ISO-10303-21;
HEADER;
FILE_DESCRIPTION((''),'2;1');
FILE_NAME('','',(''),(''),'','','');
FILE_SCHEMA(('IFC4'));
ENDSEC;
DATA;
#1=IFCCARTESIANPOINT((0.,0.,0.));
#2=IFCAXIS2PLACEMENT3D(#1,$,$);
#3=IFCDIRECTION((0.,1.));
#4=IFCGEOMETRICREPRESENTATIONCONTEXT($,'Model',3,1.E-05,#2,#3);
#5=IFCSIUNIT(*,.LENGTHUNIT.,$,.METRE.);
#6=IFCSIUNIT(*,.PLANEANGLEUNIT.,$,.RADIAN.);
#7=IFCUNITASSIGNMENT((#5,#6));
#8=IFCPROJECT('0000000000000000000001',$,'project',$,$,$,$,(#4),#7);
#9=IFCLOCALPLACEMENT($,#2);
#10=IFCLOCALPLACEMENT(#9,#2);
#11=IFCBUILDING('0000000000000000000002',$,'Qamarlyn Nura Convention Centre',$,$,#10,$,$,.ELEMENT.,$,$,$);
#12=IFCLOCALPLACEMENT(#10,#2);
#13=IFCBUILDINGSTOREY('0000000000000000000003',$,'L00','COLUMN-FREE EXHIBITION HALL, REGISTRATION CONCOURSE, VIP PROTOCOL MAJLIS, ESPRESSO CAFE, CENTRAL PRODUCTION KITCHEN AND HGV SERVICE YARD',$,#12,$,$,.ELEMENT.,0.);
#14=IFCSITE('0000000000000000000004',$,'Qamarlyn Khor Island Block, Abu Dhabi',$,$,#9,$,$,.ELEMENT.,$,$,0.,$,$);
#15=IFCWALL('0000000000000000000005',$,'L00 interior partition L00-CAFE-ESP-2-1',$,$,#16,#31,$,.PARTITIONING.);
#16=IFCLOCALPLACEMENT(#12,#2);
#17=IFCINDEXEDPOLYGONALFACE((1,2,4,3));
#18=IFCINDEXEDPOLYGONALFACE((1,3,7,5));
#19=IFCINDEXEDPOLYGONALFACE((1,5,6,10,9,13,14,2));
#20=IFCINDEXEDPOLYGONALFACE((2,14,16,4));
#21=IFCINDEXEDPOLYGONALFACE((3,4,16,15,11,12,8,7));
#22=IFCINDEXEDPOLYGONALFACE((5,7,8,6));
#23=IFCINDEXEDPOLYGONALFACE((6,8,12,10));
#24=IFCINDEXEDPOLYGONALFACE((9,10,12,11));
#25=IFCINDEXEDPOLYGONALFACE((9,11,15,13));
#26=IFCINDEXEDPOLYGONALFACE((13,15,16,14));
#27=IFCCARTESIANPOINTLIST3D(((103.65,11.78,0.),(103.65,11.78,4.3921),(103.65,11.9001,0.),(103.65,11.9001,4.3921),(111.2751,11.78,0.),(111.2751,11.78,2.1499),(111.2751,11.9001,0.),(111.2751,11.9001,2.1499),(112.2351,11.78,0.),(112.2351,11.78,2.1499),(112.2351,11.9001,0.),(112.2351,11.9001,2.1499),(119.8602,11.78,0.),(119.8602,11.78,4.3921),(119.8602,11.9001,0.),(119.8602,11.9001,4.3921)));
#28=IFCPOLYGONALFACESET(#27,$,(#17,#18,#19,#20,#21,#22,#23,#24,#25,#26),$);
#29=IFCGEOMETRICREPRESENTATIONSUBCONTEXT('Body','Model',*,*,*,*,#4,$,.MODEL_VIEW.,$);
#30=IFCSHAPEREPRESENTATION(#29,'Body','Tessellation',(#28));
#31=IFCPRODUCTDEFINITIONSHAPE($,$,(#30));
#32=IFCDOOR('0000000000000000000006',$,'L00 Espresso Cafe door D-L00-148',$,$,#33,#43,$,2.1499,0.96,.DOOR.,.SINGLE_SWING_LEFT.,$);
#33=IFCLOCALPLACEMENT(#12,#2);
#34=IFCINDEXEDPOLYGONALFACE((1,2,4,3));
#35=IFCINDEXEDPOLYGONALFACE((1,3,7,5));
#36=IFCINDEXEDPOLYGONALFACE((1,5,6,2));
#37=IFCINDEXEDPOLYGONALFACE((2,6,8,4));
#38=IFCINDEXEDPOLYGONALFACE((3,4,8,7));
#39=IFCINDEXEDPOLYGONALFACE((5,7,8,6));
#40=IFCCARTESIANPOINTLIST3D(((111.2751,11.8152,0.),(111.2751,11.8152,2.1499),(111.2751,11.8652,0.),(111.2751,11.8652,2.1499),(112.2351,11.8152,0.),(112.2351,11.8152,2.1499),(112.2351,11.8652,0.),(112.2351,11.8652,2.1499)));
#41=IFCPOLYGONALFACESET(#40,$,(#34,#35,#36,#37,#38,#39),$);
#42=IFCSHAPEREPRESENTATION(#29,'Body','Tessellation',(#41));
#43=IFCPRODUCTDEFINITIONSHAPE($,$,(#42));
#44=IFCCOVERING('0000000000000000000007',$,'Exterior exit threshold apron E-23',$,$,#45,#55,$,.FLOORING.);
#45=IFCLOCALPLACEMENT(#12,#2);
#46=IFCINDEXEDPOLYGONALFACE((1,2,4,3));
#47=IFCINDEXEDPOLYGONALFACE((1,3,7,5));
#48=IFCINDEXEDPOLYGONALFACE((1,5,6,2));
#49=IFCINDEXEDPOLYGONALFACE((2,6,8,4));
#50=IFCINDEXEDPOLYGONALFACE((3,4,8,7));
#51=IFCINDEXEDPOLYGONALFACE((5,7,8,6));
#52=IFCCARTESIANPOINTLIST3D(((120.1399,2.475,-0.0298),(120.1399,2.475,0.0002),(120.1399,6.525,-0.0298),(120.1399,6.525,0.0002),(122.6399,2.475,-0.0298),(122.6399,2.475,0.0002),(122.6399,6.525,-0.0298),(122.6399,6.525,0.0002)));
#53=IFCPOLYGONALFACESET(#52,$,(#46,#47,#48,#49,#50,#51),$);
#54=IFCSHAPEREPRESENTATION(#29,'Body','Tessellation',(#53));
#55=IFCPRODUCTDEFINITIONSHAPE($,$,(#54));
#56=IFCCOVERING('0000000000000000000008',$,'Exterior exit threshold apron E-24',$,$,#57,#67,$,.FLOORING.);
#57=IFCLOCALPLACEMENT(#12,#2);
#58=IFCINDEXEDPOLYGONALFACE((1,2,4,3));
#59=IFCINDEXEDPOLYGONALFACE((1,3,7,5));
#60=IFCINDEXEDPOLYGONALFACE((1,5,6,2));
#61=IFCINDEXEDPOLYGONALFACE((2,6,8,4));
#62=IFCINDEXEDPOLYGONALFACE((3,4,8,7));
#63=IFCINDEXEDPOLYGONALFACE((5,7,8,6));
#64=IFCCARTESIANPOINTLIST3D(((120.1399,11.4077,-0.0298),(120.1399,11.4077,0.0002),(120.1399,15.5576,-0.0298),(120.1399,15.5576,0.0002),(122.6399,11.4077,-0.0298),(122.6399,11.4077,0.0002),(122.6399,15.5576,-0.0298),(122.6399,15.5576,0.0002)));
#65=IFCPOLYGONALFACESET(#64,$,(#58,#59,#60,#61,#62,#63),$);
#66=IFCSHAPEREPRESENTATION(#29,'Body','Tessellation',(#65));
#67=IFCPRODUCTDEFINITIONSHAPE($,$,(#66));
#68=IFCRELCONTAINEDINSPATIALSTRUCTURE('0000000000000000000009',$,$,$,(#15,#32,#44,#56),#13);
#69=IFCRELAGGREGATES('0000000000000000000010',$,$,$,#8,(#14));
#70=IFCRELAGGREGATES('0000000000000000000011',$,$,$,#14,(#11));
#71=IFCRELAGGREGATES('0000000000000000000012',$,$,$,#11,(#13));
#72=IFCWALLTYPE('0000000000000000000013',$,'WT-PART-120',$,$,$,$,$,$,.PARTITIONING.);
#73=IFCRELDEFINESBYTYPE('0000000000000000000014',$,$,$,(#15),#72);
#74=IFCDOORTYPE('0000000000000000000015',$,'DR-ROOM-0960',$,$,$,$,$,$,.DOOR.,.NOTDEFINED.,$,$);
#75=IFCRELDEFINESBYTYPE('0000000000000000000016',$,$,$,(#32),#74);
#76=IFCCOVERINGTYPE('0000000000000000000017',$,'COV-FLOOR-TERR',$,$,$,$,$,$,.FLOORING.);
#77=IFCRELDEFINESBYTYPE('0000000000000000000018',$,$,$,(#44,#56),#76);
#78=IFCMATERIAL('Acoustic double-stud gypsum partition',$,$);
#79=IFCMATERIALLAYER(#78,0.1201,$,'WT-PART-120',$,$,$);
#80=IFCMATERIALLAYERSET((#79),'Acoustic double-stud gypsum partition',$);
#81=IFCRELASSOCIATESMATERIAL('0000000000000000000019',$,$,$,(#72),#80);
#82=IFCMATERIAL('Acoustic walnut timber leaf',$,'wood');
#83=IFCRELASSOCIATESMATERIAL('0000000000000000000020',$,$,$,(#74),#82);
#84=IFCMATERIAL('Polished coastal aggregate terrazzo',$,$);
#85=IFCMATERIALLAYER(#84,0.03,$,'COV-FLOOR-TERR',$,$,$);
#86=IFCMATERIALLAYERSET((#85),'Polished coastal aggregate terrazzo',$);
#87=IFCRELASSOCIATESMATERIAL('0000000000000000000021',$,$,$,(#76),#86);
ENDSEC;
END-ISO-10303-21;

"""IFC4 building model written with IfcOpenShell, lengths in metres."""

from ifc_helpers import new_model, si_unit, direction, frame, frame_2d, origin, origin_2d, place, context, subcontext, project, spatial, rectangle, extrude, material, layer, layer_set, type_object, element, fill, save


model = new_model("IFC4")

# Units and contexts
model_context = context("Model", 3, precision=1e-05, world=origin(), true_north=direction((0.0, 1.0)))
body_context = subcontext(model_context, "Body", "Model", "MODEL_VIEW")
ifc_project = project(units=[si_unit("LENGTHUNIT", "METRE"), si_unit("PLANEANGLEUNIT", "RADIAN")], contexts=[model_context])

# Site, building, storey
site_placement = place(None, origin())
site = spatial("IfcSite", under=ifc_project, at=site_placement, Name="Qamarlyn Khor Island Block, Abu Dhabi", CompositionType="ELEMENT", RefElevation=0.0)
building_placement = place(site_placement, origin())
building = spatial("IfcBuilding", under=site, at=building_placement, Name="Qamarlyn Nura Convention Centre", CompositionType="ELEMENT")
storey_placement = place(building_placement, origin())
storey = spatial("IfcBuildingStorey", under=building, at=storey_placement, Name="L00", Description="COLUMN-FREE EXHIBITION HALL, REGISTRATION CONCOURSE, VIP PROTOCOL MAJLIS, ESPRESSO CAFE, CENTRAL PRODUCTION KITCHEN AND HGV SERVICE YARD", CompositionType="ELEMENT", Elevation=0.0)

# Wall, opening, door
ifc_material_1 = material(Name="Acoustic double-stud gypsum partition")
ifc_layer_1 = layer(ifc_material_1, 0.1201, Name="WT-PART-120")
ifc_layer_set_1 = layer_set([ifc_layer_1], Name="Acoustic double-stud gypsum partition")
wall_type_1 = type_object("IfcWallType", Name="WT-PART-120", PredefinedType="PARTITIONING", material=ifc_layer_set_1)
wall_1_placement = place(storey_placement, frame((119.8601, 11.8401, 0.0), z_axis=(0.0, 0.0, 1.0), x_axis=(-1.0, 0.0, 0.0)))
wall_1 = element("IfcWall", 1, at=wall_1_placement, inside=storey, type_object=wall_type_1, Name="L00 interior partition L00-CAFE-ESP-2-1", PredefinedType="PARTITIONING", context=body_context, shape_type="SweptSolid", body=[
    extrude(rectangle(XDim=16.2102, YDim=0.1201, at=frame_2d((8.105, 0.0))), origin(), (0.0, 0.0, 1.0), 4.3921),
])
opening_1_placement = place(wall_1_placement, frame((7.625, 0.0, 0.0)))
opening_1 = element("IfcOpeningElement", 2, at=opening_1_placement, cuts=wall_1, PredefinedType="OPENING", context=body_context, shape_type="SweptSolid", body=[
    extrude(rectangle(XDim=0.96, YDim=2.1499, at=frame_2d((0.48, 1.075))), frame((0.0, 0.0701, 0.0), z_axis=(0.0, -1.0, 0.0), x_axis=(1.0, 0.0, 0.0)), (0.0, 0.0, 1.0), 0.1401),
])
ifc_material_2 = material(Name="Acoustic walnut timber leaf", Category="wood")
door_type_1 = type_object("IfcDoorType", Name="DR-ROOM-0960", OperationType="NOTDEFINED", PredefinedType="DOOR", material=ifc_material_2)
door_1_placement = place(opening_1_placement, origin())
door_1 = element("IfcDoor", 3, at=door_1_placement, inside=storey, type_object=door_type_1, Name="L00 Espresso Cafe door D-L00-148", OperationType="SINGLE_SWING_LEFT", OverallHeight=2.1499, OverallWidth=0.96, PredefinedType="DOOR", context=body_context, shape_type="SweptSolid", body=[
    extrude(rectangle(XDim=0.96, YDim=2.1499, at=frame_2d((0.48, 1.075))), frame((0.0, 0.0249, 0.0), z_axis=(0.0, -1.0, 0.0), x_axis=(1.0, 0.0, 0.0)), (0.0, 0.0, 1.0), 0.05),
])
fill(opening_1, door_1)

# Coverings
ifc_material_3 = material(Name="Polished coastal aggregate terrazzo")
ifc_layer_2 = layer(ifc_material_3, 0.03, Name="COV-FLOOR-TERR")
ifc_layer_set_2 = layer_set([ifc_layer_2], Name="Polished coastal aggregate terrazzo")
covering_type = type_object("IfcCoveringType", Name="COV-FLOOR-TERR", PredefinedType="FLOORING", material=ifc_layer_set_2)
covering_1_placement = place(storey_placement, frame((121.3899, 4.5, -0.0298), z_axis=(0.0, 0.0, 1.0), x_axis=(0.0, -1.0, 0.0)))
element("IfcCovering", 4, at=covering_1_placement, inside=storey, type_object=covering_type, Name="Exterior exit threshold apron E-23", PredefinedType="FLOORING", context=body_context, shape_type="SweptSolid", body=[
    extrude(rectangle(XDim=4.05, YDim=2.5, at=origin_2d()), origin(), (0.0, 0.0, 1.0), 0.03),
])
covering_2_placement = place(storey_placement, frame((121.3899, 13.4827, -0.0298), z_axis=(0.0, 0.0, 1.0), x_axis=(0.0, -1.0, 0.0)))
element("IfcCovering", 5, at=covering_2_placement, inside=storey, type_object=covering_type, Name="Exterior exit threshold apron E-24", PredefinedType="FLOORING", context=body_context, shape_type="SweptSolid", body=[
    extrude(rectangle(XDim=4.1499, YDim=2.5, at=origin_2d()), origin(), (0.0, 0.0, 1.0), 0.03),
])

save(model, "model.ifc")
